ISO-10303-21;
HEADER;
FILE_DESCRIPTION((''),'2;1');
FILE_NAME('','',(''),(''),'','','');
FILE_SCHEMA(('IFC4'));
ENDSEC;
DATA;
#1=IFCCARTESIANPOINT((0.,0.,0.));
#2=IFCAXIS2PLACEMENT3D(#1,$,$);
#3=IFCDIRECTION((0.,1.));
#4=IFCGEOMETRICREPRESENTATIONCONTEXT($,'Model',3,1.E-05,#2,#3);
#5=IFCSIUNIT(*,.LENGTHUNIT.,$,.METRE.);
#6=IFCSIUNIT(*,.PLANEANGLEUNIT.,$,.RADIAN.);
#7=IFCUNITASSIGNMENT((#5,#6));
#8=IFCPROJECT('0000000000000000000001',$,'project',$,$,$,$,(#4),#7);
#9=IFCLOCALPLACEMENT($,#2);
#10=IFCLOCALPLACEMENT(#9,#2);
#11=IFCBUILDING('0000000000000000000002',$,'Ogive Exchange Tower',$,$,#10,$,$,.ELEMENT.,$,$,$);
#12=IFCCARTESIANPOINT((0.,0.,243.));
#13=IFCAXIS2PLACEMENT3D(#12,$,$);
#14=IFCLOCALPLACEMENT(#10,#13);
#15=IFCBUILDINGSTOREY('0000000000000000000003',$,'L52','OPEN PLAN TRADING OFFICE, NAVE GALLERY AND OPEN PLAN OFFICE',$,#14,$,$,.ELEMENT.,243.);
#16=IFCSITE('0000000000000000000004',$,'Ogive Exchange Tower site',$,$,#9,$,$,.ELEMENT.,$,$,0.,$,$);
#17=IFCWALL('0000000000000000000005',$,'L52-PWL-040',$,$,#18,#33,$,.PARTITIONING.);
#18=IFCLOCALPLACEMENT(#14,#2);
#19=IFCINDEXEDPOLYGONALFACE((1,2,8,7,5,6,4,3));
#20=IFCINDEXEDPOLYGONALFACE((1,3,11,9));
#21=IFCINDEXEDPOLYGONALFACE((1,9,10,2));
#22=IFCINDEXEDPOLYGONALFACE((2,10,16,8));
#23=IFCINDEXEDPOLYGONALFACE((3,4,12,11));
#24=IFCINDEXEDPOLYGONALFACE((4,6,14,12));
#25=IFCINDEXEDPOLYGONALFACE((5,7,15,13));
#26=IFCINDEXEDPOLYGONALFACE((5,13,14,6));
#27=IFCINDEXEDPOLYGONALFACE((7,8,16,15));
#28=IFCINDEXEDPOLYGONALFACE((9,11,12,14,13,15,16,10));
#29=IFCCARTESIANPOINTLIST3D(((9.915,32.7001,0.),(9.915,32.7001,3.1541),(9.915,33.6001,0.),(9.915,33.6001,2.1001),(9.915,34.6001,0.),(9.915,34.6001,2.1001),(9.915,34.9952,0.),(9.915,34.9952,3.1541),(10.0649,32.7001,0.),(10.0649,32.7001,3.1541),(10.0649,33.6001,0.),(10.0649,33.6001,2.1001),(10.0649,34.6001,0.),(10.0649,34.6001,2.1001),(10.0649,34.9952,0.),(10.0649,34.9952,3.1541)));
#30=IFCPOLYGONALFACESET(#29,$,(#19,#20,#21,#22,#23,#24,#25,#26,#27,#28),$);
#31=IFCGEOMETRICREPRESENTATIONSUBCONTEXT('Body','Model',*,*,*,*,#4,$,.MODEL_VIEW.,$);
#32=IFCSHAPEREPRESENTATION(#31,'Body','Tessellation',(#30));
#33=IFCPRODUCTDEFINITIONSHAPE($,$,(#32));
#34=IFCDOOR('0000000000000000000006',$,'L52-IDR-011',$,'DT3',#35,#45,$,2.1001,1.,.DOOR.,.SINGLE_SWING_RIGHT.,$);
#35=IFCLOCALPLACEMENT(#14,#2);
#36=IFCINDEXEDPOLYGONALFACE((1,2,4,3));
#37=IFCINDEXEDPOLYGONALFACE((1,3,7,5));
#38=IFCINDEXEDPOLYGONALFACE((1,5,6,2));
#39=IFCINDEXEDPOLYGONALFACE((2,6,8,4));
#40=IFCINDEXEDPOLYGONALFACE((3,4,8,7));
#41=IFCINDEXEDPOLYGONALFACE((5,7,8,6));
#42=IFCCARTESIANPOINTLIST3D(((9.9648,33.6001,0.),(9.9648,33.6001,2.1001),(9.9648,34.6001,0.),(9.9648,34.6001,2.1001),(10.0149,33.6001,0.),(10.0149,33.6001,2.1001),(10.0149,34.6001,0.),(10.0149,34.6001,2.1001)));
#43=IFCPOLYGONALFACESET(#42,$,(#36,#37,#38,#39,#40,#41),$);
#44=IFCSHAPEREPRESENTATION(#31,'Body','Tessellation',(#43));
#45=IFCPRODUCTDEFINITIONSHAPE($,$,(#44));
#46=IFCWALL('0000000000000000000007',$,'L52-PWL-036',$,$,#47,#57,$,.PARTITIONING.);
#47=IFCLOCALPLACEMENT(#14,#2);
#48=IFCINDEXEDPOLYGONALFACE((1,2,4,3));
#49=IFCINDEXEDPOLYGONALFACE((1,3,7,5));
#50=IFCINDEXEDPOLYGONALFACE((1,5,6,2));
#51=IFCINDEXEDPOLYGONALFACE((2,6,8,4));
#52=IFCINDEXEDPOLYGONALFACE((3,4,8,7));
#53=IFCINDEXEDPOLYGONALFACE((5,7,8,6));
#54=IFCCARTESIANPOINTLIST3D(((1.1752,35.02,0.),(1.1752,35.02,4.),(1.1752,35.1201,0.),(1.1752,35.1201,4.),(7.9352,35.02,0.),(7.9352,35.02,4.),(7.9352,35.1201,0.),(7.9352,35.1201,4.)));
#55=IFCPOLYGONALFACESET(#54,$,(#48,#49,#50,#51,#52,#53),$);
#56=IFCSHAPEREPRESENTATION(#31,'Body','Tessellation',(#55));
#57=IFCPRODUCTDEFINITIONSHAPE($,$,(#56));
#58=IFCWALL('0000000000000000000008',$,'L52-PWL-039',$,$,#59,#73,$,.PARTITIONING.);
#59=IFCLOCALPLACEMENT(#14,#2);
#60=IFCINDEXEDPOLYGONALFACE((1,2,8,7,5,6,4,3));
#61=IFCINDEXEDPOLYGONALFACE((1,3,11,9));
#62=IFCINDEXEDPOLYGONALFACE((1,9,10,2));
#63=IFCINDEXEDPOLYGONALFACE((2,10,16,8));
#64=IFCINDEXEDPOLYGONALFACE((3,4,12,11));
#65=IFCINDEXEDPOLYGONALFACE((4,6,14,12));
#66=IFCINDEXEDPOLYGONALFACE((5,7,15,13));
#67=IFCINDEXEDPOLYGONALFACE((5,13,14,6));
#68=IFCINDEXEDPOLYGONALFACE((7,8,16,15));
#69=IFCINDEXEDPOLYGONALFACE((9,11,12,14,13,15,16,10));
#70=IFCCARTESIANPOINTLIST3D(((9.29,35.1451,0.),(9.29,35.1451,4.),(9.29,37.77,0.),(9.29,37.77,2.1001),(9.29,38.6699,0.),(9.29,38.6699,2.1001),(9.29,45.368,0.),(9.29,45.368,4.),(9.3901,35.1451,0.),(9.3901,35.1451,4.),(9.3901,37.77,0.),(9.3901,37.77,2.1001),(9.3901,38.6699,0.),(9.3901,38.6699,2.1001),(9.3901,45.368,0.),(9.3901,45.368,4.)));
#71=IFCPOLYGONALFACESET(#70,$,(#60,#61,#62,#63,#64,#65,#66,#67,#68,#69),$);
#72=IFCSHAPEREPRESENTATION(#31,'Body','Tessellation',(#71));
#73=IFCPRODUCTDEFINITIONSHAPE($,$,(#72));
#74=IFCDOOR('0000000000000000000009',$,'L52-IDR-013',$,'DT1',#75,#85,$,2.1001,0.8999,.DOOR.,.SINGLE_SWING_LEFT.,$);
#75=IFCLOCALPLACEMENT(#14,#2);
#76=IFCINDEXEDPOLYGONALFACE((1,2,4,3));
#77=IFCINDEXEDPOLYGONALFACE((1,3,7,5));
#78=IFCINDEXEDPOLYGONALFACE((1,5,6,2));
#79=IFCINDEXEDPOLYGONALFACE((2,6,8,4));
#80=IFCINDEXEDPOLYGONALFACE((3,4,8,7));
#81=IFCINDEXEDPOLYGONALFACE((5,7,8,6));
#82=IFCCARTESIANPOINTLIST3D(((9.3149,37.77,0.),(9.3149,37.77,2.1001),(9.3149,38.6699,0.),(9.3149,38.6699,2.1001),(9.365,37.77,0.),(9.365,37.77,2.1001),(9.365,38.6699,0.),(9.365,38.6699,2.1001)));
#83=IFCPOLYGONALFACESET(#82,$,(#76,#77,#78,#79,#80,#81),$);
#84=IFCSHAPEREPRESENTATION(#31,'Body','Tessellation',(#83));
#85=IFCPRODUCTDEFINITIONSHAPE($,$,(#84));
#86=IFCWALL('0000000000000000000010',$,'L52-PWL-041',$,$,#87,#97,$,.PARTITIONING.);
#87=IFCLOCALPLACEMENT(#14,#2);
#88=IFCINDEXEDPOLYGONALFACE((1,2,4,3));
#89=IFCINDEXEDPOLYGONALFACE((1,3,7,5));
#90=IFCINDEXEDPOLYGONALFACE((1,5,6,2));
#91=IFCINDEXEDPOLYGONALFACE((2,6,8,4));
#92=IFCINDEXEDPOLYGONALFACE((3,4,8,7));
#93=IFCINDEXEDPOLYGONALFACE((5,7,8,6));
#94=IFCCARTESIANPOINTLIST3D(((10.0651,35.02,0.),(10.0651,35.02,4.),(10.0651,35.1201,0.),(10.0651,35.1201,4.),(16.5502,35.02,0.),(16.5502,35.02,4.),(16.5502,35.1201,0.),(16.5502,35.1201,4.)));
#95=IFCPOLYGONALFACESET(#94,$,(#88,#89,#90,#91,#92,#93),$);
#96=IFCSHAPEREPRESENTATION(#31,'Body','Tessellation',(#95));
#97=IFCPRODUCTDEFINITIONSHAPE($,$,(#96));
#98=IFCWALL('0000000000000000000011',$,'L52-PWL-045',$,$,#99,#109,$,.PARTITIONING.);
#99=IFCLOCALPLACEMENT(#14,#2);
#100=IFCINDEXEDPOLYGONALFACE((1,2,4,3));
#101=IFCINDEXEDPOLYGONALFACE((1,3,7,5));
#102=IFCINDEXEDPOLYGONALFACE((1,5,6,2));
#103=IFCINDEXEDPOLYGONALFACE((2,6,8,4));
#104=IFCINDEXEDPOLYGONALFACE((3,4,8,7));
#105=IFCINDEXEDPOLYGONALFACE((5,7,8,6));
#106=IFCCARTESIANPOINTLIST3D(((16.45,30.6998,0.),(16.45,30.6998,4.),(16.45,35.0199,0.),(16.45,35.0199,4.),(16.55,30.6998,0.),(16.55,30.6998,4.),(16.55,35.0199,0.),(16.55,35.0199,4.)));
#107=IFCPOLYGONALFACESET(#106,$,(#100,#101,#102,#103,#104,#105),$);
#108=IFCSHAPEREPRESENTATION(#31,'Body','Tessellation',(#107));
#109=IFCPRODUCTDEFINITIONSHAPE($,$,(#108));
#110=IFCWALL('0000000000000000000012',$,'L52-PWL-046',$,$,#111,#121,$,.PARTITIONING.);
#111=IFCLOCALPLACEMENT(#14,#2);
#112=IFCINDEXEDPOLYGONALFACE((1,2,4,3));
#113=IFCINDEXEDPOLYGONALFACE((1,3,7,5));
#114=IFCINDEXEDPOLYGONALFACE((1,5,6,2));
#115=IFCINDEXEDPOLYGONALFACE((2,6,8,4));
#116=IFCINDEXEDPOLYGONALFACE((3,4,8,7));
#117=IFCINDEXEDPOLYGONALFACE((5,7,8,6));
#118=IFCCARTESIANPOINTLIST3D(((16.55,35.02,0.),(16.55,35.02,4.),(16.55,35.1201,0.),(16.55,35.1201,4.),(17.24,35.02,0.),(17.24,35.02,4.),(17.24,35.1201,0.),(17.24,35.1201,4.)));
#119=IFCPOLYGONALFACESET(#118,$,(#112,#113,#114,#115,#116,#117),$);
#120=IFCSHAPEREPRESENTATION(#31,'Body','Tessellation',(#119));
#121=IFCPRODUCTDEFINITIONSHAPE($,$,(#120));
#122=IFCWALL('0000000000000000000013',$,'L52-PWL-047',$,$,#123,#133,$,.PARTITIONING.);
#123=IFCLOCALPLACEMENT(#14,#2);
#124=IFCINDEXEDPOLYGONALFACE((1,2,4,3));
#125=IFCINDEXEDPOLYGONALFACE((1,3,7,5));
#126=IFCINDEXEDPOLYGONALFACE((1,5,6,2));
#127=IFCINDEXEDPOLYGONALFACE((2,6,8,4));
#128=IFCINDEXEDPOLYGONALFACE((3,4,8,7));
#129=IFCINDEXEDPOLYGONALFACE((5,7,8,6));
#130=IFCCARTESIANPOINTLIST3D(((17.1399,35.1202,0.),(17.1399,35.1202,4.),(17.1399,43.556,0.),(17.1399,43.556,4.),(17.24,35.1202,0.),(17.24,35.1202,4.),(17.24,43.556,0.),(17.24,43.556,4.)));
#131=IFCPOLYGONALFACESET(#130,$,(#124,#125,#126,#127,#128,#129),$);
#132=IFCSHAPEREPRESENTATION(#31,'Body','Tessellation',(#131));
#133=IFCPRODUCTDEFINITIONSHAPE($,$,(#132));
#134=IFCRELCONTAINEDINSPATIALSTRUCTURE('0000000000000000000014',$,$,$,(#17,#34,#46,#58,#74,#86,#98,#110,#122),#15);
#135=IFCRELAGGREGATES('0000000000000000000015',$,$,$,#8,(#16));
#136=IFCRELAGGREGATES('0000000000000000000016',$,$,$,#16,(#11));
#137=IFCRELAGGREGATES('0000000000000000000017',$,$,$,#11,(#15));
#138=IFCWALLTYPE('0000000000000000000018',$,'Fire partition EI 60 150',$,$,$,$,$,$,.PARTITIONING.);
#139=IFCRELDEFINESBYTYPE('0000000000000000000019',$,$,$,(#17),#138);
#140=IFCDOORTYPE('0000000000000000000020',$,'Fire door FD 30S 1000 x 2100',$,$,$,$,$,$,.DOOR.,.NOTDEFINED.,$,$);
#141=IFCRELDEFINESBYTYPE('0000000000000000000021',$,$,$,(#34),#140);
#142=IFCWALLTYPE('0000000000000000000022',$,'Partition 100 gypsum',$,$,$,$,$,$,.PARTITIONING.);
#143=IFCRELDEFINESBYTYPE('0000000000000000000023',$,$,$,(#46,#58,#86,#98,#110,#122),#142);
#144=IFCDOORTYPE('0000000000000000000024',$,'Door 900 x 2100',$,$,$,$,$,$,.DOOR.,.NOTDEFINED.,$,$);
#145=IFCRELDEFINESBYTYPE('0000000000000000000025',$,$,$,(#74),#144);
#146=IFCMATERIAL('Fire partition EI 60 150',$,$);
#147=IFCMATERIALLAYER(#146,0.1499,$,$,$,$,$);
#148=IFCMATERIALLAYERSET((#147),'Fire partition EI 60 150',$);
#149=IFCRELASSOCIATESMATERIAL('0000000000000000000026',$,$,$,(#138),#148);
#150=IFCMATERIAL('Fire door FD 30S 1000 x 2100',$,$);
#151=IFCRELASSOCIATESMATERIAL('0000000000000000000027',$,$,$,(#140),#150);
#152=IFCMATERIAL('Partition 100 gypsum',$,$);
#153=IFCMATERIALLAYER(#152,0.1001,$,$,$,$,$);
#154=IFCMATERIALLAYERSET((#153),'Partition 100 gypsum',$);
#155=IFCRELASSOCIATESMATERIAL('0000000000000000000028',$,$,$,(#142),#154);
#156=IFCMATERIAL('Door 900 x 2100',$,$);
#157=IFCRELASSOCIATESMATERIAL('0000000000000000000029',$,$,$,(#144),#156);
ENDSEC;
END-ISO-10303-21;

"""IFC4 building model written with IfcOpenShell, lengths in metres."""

from ifc_helpers import new_model, si_unit, direction, frame, frame_2d, origin, place, context, subcontext, project, spatial, rectangle, extrude, material, layer, layer_set, type_object, element, fill, save


model = new_model("IFC4")

# Units and contexts
model_context = context("Model", 3, precision=1e-05, world=origin(), true_north=direction((0.0, 1.0)))
body_context = subcontext(model_context, "Body", "Model", "MODEL_VIEW")
ifc_project = project(units=[si_unit("LENGTHUNIT", "METRE"), si_unit("PLANEANGLEUNIT", "RADIAN")], contexts=[model_context])

# Site, building, storey
site_placement = place(None, origin())
site = spatial("IfcSite", under=ifc_project, at=site_placement, Name="Ogive Exchange Tower site", CompositionType="ELEMENT", RefElevation=0.0)
building_placement = place(site_placement, origin())
building = spatial("IfcBuilding", under=site, at=building_placement, Name="Ogive Exchange Tower", CompositionType="ELEMENT")
storey_placement = place(building_placement, frame((0.0, 0.0, 243.0)))
storey = spatial("IfcBuildingStorey", under=building, at=storey_placement, Name="L52", Description="OPEN PLAN TRADING OFFICE, NAVE GALLERY AND OPEN PLAN OFFICE", CompositionType="ELEMENT", Elevation=243.0)

# Shared definitions
ifc_material_1 = material(Name="Fire partition EI 60 150")
ifc_layer_1 = layer(ifc_material_1, 0.1499)
ifc_layer_set_1 = layer_set([ifc_layer_1], Name="Fire partition EI 60 150")
wall_type_1 = type_object("IfcWallType", Name="Fire partition EI 60 150", PredefinedType="PARTITIONING", material=ifc_layer_set_1)
ifc_material_2 = material(Name="Fire door FD 30S 1000 x 2100")
door_type_1 = type_object("IfcDoorType", Name="Fire door FD 30S 1000 x 2100", OperationType="NOTDEFINED", PredefinedType="DOOR", material=ifc_material_2)

# Wall, opening, door
wall_1_placement = place(storey_placement, frame((9.99, 34.9951, 0.0), z_axis=(0.0, 0.0, 1.0), x_axis=(0.0, -1.0, 0.0)))
wall_1 = element("IfcWall", 1, at=wall_1_placement, inside=storey, type_object=wall_type_1, Name="L52-PWL-040", PredefinedType="PARTITIONING", context=body_context, shape_type="SweptSolid", body=[
    extrude(rectangle(XDim=2.2952, YDim=0.1499, at=frame_2d((1.1475, 0.0))), origin(), (0.0, 0.0, 1.0), 3.1541),
])
opening_1_placement = place(wall_1_placement, frame((0.395, 0.0, 0.0)))
opening_1 = element("IfcOpeningElement", 2, at=opening_1_placement, cuts=wall_1, PredefinedType="OPENING", context=body_context, shape_type="SweptSolid", body=[
    extrude(rectangle(XDim=1.0, YDim=2.1001, at=frame_2d((0.5, 1.05))), frame((0.0, 0.085, 0.0), z_axis=(0.0, -1.0, 0.0), x_axis=(1.0, 0.0, 0.0)), (0.0, 0.0, 1.0), 0.1699),
])
door_1_placement = place(opening_1_placement, origin())
door_1 = element("IfcDoor", 3, at=door_1_placement, inside=storey, type_object=door_type_1, Name="L52-IDR-011", ObjectType="DT3", OperationType="SINGLE_SWING_RIGHT", OverallHeight=2.1001, OverallWidth=1.0, PredefinedType="DOOR", context=body_context, shape_type="SweptSolid", body=[
    extrude(rectangle(XDim=1.0, YDim=2.1001, at=frame_2d((0.5, 1.05))), frame((0.0, 0.0249, 0.0), z_axis=(0.0, -1.0, 0.0), x_axis=(1.0, 0.0, 0.0)), (0.0, 0.0, 1.0), 0.05),
])
fill(opening_1, door_1)

# Wall
ifc_material_3 = material(Name="Partition 100 gypsum")
ifc_layer_2 = layer(ifc_material_3, 0.1001)
ifc_layer_set_2 = layer_set([ifc_layer_2], Name="Partition 100 gypsum")
wall_type_2 = type_object("IfcWallType", Name="Partition 100 gypsum", PredefinedType="PARTITIONING", material=ifc_layer_set_2)
wall_2_placement = place(storey_placement, frame((7.9351, 35.0701, 0.0), z_axis=(0.0, 0.0, 1.0), x_axis=(-1.0, 0.0, 0.0)))
element("IfcWall", 4, at=wall_2_placement, inside=storey, type_object=wall_type_2, Name="L52-PWL-036", PredefinedType="PARTITIONING", context=body_context, shape_type="SweptSolid", body=[
    extrude(rectangle(XDim=6.76, YDim=0.1001, at=frame_2d((3.3799, 0.0))), origin(), (0.0, 0.0, 1.0), 4.0),
])

# Wall, opening, door
wall_3_placement = place(storey_placement, frame((9.3401, 45.3679, 0.0), z_axis=(0.0, 0.0, 1.0), x_axis=(0.0, -1.0, 0.0)))
wall_3 = element("IfcWall", 5, at=wall_3_placement, inside=storey, type_object=wall_type_2, Name="L52-PWL-039", PredefinedType="PARTITIONING", context=body_context, shape_type="SweptSolid", body=[
    extrude(rectangle(XDim=10.2229, YDim=0.1001, at=frame_2d((5.1113, 0.0))), origin(), (0.0, 0.0, 1.0), 4.0),
])
opening_2_placement = place(wall_3_placement, frame((6.698, 0.0, 0.0)))
opening_2 = element("IfcOpeningElement", 6, at=opening_2_placement, cuts=wall_3, PredefinedType="OPENING", context=body_context, shape_type="SweptSolid", body=[
    extrude(rectangle(XDim=0.8999, YDim=2.1001, at=frame_2d((0.45, 1.05))), frame((0.0, 0.0601, 0.0), z_axis=(0.0, -1.0, 0.0), x_axis=(1.0, 0.0, 0.0)), (0.0, 0.0, 1.0), 0.1201),
])
ifc_material_4 = material(Name="Door 900 x 2100")
door_type_2 = type_object("IfcDoorType", Name="Door 900 x 2100", OperationType="NOTDEFINED", PredefinedType="DOOR", material=ifc_material_4)
door_2_placement = place(opening_2_placement, origin())
door_2 = element("IfcDoor", 7, at=door_2_placement, inside=storey, type_object=door_type_2, Name="L52-IDR-013", ObjectType="DT1", OperationType="SINGLE_SWING_LEFT", OverallHeight=2.1001, OverallWidth=0.8999, PredefinedType="DOOR", context=body_context, shape_type="SweptSolid", body=[
    extrude(rectangle(XDim=0.8999, YDim=2.1001, at=frame_2d((0.45, 1.05))), frame((0.0, 0.0249, 0.0), z_axis=(0.0, -1.0, 0.0), x_axis=(1.0, 0.0, 0.0)), (0.0, 0.0, 1.0), 0.05),
])
fill(opening_2, door_2)

# Walls
wall_4_placement = place(storey_placement, frame((10.0649, 35.0701, 0.0), z_axis=(0.0, 0.0, 1.0), x_axis=(1.0, 0.0, 0.0)))
element("IfcWall", 8, at=wall_4_placement, inside=storey, type_object=wall_type_2, Name="L52-PWL-041", PredefinedType="PARTITIONING", context=body_context, shape_type="SweptSolid", body=[
    extrude(rectangle(XDim=6.4851, YDim=0.1001, at=frame_2d((3.2427, 0.0))), origin(), (0.0, 0.0, 1.0), 4.0),
])
wall_5_placement = place(storey_placement, frame((16.5, 35.02, 0.0), z_axis=(0.0, 0.0, 1.0), x_axis=(0.0, -1.0, 0.0)))
element("IfcWall", 9, at=wall_5_placement, inside=storey, type_object=wall_type_2, Name="L52-PWL-045", PredefinedType="PARTITIONING", context=body_context, shape_type="SweptSolid", body=[
    extrude(rectangle(XDim=4.3201, YDim=0.1001, at=frame_2d((2.1602, 0.0))), origin(), (0.0, 0.0, 1.0), 4.0),
])
wall_6_placement = place(storey_placement, frame((17.24, 35.0701, 0.0), z_axis=(0.0, 0.0, 1.0), x_axis=(-1.0, 0.0, 0.0)))
element("IfcWall", 10, at=wall_6_placement, inside=storey, type_object=wall_type_2, Name="L52-PWL-046", PredefinedType="PARTITIONING", context=body_context, shape_type="SweptSolid", body=[
    extrude(rectangle(XDim=0.6899, YDim=0.1001, at=frame_2d((0.345, 0.0))), origin(), (0.0, 0.0, 1.0), 4.0),
])
wall_7_placement = place(storey_placement, frame((17.1899, 43.5559, 0.0), z_axis=(0.0, 0.0, 1.0), x_axis=(0.0, -1.0, 0.0)))
element("IfcWall", 11, at=wall_7_placement, inside=storey, type_object=wall_type_2, Name="L52-PWL-047", PredefinedType="PARTITIONING", context=body_context, shape_type="SweptSolid", body=[
    extrude(rectangle(XDim=8.4358, YDim=0.1001, at=frame_2d((4.2178, 0.0))), origin(), (0.0, 0.0, 1.0), 4.0),
])

save(model, "model.ifc")
